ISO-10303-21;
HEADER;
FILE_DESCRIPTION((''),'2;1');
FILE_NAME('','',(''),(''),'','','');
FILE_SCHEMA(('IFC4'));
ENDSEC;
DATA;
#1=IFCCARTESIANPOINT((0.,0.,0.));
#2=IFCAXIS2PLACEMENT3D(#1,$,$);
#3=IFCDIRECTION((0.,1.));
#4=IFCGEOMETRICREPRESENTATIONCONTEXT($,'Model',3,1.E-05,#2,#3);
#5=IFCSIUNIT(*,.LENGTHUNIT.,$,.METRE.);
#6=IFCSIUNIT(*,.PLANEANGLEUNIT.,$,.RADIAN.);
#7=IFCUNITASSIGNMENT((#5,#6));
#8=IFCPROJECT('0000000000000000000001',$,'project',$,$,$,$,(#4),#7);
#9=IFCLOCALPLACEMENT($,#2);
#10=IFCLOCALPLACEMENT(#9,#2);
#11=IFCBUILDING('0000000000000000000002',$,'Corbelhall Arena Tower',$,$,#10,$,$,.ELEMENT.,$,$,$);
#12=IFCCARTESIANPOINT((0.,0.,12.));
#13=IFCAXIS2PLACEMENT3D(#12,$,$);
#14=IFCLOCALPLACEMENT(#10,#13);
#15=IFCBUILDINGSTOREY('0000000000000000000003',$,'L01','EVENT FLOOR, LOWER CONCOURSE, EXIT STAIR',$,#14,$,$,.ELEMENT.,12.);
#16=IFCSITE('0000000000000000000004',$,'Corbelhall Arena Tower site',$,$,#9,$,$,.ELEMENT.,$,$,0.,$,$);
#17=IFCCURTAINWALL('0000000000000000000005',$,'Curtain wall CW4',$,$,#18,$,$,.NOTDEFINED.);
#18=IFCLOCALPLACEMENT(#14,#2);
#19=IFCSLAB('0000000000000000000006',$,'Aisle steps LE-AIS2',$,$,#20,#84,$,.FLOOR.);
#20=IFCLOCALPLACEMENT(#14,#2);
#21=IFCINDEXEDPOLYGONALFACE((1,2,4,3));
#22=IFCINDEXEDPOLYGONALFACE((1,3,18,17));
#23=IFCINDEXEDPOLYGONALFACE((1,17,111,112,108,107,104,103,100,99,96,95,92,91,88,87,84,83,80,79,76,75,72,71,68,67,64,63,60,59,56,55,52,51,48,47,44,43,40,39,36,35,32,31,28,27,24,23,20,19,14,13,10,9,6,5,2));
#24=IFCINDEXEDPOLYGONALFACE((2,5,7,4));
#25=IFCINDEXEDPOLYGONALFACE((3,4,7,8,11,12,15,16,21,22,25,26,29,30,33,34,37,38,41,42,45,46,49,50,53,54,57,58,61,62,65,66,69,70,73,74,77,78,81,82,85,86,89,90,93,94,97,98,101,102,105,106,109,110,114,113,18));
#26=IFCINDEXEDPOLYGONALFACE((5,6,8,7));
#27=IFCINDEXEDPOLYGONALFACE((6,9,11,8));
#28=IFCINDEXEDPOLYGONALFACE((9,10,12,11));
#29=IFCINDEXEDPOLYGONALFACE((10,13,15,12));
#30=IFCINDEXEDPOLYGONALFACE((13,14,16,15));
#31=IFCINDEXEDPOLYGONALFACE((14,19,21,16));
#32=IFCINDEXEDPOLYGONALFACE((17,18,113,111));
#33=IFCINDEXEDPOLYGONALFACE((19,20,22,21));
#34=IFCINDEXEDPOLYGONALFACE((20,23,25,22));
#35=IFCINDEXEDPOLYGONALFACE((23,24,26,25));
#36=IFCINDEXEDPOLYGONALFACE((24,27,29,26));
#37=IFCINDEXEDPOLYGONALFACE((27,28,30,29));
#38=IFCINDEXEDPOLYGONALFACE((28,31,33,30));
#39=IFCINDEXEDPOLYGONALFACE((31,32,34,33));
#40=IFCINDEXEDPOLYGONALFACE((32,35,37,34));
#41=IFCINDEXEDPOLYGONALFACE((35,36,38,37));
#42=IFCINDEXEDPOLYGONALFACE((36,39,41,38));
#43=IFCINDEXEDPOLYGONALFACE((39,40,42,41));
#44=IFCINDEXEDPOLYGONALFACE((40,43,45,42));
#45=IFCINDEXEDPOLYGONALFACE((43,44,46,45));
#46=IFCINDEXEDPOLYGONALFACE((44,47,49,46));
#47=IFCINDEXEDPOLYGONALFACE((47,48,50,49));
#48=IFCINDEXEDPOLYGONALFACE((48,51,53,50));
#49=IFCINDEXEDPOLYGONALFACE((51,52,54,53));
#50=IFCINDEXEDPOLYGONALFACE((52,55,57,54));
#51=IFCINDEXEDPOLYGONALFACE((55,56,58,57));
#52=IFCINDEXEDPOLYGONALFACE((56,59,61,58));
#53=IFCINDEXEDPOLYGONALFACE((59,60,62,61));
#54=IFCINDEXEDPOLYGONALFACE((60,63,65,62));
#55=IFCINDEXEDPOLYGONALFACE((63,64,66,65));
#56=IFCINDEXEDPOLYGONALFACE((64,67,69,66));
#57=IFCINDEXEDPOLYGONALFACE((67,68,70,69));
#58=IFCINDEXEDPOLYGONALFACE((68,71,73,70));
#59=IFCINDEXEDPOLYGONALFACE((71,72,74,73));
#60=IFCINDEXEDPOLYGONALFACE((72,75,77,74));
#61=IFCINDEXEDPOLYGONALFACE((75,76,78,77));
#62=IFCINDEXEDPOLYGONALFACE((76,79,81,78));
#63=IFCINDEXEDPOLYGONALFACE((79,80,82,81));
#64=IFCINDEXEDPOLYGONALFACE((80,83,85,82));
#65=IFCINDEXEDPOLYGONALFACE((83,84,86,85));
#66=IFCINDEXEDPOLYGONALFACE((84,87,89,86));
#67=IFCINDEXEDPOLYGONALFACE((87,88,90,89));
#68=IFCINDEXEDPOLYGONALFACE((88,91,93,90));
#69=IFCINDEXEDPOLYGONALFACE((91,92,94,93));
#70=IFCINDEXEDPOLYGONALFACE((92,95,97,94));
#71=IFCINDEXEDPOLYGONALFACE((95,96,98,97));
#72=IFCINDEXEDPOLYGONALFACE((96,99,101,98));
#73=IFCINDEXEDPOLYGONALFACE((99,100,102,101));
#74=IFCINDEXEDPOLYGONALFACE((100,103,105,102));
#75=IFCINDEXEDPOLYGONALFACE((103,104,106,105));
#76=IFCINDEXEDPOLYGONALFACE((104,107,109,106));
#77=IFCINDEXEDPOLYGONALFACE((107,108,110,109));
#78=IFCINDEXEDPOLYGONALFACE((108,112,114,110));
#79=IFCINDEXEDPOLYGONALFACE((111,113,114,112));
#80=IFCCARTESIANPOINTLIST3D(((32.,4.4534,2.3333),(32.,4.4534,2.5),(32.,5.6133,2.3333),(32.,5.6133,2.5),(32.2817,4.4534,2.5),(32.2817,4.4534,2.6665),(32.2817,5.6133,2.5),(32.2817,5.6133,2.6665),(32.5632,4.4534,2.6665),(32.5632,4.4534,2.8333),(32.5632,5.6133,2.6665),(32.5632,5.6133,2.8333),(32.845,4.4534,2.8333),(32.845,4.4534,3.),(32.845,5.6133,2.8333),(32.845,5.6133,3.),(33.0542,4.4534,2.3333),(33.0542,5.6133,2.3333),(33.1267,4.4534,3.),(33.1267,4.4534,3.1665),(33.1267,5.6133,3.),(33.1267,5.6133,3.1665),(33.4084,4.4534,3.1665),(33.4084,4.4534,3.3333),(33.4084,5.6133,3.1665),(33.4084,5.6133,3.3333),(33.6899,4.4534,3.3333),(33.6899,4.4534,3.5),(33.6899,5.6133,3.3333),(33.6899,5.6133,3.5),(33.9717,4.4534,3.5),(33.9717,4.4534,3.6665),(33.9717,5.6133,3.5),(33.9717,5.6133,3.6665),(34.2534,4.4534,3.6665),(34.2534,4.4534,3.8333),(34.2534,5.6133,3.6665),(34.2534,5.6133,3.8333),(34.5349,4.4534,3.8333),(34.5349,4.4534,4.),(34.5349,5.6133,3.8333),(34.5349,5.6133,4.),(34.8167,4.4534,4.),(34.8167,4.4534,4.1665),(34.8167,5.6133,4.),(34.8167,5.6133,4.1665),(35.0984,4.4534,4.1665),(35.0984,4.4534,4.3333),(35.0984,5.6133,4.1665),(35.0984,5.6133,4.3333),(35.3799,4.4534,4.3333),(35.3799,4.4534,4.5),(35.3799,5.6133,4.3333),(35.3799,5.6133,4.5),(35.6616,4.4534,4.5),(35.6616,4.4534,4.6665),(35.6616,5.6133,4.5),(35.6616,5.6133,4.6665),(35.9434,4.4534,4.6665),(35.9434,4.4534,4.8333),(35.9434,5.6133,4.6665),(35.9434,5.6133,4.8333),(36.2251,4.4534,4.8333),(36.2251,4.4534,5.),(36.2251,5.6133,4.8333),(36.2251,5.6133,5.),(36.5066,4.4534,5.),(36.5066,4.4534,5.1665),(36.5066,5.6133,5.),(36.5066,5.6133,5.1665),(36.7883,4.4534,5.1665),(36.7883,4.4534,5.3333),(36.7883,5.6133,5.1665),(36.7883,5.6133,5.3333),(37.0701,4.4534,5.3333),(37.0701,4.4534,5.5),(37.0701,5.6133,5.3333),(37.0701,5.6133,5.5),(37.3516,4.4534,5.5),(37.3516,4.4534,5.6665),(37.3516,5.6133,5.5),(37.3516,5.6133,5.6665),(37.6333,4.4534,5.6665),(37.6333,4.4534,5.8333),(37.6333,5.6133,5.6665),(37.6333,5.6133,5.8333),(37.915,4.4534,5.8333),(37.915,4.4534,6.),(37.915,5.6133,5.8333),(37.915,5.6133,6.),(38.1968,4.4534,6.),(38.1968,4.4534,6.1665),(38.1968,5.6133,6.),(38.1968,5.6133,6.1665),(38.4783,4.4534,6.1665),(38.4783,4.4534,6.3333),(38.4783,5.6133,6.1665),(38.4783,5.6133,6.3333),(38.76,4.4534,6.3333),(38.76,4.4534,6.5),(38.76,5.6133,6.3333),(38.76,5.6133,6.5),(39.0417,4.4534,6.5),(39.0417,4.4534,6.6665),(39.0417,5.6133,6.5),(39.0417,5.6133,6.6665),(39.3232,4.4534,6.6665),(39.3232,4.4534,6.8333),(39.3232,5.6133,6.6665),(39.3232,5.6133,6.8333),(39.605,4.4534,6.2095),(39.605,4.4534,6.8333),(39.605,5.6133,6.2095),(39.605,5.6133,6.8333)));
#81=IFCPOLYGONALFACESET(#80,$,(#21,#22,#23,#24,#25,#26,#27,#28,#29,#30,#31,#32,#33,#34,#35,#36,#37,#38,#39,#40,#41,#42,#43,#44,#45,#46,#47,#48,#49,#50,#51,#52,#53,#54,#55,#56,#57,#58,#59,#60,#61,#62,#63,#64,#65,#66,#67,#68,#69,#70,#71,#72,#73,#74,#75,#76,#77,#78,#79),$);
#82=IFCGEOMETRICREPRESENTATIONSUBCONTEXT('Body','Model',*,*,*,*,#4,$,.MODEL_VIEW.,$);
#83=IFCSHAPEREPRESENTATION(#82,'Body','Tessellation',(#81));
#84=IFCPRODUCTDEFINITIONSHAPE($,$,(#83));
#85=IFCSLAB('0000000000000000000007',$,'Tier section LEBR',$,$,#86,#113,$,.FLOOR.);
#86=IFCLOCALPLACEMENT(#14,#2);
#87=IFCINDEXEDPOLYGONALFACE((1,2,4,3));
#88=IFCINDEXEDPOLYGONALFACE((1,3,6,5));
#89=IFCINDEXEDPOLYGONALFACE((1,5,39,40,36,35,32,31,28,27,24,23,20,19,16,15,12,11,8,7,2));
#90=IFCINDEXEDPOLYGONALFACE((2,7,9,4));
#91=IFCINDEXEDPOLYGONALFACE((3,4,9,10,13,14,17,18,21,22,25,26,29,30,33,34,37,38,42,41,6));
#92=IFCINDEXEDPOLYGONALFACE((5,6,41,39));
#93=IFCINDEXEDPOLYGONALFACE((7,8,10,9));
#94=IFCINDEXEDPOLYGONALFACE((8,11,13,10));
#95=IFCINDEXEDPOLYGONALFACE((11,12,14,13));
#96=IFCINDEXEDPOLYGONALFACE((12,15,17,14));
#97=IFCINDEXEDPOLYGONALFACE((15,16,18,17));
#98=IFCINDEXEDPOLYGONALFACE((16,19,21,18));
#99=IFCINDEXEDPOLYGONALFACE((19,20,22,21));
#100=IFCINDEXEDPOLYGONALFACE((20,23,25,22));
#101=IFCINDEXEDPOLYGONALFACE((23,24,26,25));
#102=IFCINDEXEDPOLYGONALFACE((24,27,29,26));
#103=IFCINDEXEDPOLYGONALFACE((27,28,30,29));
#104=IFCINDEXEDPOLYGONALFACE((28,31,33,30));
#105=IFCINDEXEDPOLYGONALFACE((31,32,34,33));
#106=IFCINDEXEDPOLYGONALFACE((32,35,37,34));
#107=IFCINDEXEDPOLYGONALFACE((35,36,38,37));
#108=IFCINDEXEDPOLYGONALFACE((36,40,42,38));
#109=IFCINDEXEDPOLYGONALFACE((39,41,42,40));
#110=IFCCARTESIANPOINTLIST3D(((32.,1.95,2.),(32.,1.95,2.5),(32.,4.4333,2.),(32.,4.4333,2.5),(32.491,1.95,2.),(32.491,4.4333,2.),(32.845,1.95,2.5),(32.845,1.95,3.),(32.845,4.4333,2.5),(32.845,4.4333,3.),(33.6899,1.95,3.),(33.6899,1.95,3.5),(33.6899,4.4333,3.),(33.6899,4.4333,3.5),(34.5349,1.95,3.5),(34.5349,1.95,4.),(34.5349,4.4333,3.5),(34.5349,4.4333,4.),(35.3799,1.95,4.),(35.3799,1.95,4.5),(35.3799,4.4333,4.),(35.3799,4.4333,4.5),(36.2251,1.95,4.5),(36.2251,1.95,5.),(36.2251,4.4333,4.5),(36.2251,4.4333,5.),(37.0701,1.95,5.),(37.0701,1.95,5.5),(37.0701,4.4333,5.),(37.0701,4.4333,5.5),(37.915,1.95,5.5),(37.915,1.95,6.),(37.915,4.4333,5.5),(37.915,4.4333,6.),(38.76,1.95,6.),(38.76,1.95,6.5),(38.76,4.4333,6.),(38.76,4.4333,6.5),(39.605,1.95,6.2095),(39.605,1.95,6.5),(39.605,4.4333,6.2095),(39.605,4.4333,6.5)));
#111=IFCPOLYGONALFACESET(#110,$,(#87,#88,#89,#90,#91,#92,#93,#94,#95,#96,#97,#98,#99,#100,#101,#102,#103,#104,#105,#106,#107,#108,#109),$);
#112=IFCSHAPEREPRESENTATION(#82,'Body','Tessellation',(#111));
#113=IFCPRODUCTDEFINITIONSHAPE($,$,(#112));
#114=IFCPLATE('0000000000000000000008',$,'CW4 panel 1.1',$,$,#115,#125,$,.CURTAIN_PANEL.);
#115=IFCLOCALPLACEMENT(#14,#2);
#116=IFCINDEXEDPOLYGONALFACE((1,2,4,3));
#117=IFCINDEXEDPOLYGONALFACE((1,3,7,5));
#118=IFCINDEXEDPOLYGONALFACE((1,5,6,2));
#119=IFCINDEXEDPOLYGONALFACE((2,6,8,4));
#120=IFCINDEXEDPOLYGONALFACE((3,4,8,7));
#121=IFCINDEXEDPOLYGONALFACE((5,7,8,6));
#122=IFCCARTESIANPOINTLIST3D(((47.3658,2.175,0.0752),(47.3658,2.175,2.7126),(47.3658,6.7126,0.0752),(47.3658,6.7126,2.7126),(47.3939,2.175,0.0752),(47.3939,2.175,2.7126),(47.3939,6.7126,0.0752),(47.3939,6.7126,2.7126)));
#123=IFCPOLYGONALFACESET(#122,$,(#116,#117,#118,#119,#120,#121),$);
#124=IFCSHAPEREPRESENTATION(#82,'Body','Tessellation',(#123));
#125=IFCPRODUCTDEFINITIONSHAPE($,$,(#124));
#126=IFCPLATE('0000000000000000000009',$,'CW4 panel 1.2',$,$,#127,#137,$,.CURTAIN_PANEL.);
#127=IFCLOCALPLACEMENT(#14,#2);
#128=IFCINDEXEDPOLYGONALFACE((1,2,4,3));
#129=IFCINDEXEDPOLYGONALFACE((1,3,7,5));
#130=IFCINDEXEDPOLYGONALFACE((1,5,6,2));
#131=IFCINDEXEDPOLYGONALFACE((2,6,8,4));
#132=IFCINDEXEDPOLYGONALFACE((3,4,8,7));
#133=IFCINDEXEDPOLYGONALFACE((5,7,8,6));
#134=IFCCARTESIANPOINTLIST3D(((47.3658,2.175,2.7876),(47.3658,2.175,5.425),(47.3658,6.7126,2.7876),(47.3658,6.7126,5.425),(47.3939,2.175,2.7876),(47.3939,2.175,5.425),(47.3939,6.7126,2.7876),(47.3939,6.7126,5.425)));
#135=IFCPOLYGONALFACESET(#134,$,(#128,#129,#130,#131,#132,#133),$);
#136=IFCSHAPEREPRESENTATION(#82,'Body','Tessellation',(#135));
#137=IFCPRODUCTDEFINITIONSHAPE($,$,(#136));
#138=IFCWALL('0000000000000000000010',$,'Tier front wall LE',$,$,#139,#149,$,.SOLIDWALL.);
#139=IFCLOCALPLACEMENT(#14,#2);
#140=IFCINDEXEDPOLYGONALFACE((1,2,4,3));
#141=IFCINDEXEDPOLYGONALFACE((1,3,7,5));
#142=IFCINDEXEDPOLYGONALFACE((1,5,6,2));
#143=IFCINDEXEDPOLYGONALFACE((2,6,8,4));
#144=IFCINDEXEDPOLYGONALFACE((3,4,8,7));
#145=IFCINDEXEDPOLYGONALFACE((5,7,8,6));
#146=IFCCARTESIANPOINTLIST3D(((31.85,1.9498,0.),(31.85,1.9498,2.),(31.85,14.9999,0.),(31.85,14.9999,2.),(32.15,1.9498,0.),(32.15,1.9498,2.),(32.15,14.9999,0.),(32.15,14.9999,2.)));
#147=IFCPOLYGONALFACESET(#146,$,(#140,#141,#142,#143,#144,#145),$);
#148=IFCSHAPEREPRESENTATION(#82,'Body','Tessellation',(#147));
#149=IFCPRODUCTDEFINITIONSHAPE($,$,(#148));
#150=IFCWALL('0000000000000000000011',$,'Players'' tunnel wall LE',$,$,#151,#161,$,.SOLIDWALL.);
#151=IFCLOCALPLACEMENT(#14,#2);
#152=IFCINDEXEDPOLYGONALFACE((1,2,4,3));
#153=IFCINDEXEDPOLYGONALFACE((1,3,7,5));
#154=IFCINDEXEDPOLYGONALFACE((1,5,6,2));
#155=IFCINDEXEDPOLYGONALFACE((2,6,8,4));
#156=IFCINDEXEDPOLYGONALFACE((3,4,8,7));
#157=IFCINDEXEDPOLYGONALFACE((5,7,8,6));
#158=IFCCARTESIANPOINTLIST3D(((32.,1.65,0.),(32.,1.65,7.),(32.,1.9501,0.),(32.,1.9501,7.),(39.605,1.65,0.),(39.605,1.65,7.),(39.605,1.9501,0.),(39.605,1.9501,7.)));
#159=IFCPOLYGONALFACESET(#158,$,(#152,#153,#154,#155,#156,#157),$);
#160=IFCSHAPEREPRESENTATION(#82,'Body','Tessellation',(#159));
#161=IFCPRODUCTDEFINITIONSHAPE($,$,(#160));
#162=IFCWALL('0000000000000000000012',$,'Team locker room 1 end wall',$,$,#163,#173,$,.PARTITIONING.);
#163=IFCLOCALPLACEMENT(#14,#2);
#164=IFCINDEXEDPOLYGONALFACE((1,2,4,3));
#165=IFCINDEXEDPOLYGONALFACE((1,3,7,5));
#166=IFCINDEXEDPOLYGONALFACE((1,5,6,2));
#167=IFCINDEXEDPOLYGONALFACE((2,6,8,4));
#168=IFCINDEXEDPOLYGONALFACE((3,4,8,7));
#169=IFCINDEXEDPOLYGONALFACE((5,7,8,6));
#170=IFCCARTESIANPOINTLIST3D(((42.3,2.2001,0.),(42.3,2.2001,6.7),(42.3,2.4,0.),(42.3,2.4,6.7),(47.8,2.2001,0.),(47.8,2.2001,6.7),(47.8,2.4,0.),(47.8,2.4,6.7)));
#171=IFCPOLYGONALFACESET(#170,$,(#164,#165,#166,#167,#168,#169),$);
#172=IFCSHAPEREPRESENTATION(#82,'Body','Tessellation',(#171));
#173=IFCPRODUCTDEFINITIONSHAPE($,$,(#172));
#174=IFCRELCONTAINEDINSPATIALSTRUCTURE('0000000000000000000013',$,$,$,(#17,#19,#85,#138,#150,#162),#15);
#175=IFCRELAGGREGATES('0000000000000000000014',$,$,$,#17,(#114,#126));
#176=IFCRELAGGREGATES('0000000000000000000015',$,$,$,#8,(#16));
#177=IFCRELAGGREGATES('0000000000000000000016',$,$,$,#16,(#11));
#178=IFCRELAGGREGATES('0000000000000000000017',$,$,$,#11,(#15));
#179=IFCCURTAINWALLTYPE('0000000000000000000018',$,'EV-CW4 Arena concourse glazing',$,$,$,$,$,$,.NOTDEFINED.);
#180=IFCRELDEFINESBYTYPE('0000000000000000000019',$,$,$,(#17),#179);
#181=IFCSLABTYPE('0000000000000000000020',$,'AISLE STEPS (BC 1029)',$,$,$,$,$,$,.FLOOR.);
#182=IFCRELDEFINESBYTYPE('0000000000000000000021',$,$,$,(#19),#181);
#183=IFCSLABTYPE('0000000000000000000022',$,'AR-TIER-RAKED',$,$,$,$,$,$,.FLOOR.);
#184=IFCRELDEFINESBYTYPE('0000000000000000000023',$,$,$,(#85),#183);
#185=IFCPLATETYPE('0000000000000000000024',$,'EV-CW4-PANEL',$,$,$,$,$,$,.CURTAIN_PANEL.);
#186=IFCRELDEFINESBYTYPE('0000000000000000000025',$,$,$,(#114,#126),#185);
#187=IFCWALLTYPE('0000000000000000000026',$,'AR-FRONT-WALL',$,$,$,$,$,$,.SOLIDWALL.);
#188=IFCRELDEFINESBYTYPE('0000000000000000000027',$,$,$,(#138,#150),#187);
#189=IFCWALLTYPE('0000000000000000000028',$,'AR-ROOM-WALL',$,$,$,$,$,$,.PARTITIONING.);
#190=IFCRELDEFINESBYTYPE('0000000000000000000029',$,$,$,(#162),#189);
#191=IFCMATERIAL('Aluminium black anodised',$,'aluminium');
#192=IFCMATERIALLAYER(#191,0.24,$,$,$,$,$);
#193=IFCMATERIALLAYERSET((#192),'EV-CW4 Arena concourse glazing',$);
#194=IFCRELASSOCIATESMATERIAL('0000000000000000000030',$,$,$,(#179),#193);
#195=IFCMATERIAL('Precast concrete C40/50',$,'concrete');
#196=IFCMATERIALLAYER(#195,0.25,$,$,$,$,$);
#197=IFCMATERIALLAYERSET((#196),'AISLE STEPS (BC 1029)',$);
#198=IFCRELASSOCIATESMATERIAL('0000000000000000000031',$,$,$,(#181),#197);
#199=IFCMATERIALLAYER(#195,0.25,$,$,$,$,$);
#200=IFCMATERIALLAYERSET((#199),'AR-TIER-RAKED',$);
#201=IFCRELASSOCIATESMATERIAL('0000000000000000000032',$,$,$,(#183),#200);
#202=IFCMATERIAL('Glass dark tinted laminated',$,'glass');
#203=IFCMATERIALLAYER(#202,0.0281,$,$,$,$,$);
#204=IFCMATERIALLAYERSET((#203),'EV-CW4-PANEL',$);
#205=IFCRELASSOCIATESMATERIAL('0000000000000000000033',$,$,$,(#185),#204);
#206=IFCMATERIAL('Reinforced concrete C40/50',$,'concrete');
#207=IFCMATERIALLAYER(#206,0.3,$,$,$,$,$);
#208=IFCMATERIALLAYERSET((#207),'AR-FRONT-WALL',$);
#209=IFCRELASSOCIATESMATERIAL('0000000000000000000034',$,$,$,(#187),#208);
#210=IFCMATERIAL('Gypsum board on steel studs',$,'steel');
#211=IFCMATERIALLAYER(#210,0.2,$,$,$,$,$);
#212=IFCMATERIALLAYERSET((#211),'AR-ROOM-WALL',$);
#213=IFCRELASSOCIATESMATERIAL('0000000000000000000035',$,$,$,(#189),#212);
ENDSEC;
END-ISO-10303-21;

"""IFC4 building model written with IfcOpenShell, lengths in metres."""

from ifc_helpers import new_model, si_unit, direction, frame, frame_2d, origin, origin_2d, place, context, subcontext, project, spatial, polyline, rectangle, outline, extrude, material, layer, layer_set, type_object, element, aggregate, save


model = new_model("IFC4")

# Units and contexts
model_context = context("Model", 3, precision=1e-05, world=origin(), true_north=direction((0.0, 1.0)))
body_context = subcontext(model_context, "Body", "Model", "MODEL_VIEW")
ifc_project = project(units=[si_unit("LENGTHUNIT", "METRE"), si_unit("PLANEANGLEUNIT", "RADIAN")], contexts=[model_context])

# Site, building, storey
site_placement = place(None, origin())
site = spatial("IfcSite", under=ifc_project, at=site_placement, Name="Corbelhall Arena Tower site", CompositionType="ELEMENT", RefElevation=0.0)
building_placement = place(site_placement, origin())
building = spatial("IfcBuilding", under=site, at=building_placement, Name="Corbelhall Arena Tower", CompositionType="ELEMENT")
storey_placement = place(building_placement, frame((0.0, 0.0, 12.0)))
storey = spatial("IfcBuildingStorey", under=building, at=storey_placement, Name="L01", Description="EVENT FLOOR, LOWER CONCOURSE, EXIT STAIR", CompositionType="ELEMENT", Elevation=12.0)

# Curtain wall
ifc_material_1 = material(Name="Aluminium black anodised", Category="aluminium")
ifc_layer_1 = layer(ifc_material_1, 0.24)
ifc_layer_set_1 = layer_set([ifc_layer_1], Name="EV-CW4 Arena concourse glazing")
curtain_wall_type = type_object("IfcCurtainWallType", Name="EV-CW4 Arena concourse glazing", PredefinedType="NOTDEFINED", material=ifc_layer_set_1)
curtain_wall_placement = place(storey_placement, origin())
curtain_wall = element("IfcCurtainWall", 1, at=curtain_wall_placement, inside=storey, type_object=curtain_wall_type, Name="Curtain wall CW4", PredefinedType="NOTDEFINED")

# Slabs
ifc_material_2 = material(Name="Precast concrete C40/50", Category="concrete")
ifc_layer_2 = layer(ifc_material_2, 0.25)
ifc_layer_set_2 = layer_set([ifc_layer_2], Name="AISLE STEPS (BC 1029)")
slab_type_1 = type_object("IfcSlabType", Name="AISLE STEPS (BC 1029)", PredefinedType="FLOOR", material=ifc_layer_set_2)
slab_1_placement = place(storey_placement, frame((32.0, 5.0332, 2.3333), z_axis=(0.0, 0.0, 1.0), x_axis=(1.0, 0.0, 0.0)))
element("IfcSlab", 2, at=slab_1_placement, inside=storey, type_object=slab_type_1, Name="Aisle steps LE-AIS2", PredefinedType="FLOOR", context=body_context, shape_type="SweptSolid", body=[
    extrude(outline(polyline([(0.0, 0.0), (0.0, 0.1667), (0.2817, 0.1667), (0.2817, 0.3333), (0.5632, 0.3333), (0.5632, 0.5), (0.845, 0.5), (0.845, 0.6667), (1.1267, 0.6667), (1.1267, 0.8333), (1.4084, 0.8333), (1.4084, 1.0), (1.6899, 1.0), (1.6899, 1.1667), (1.9717, 1.1667), (1.9717, 1.3333), (2.2534, 1.3333), (2.2534, 1.5), (2.5349, 1.5), (2.5349, 1.6667), (2.8167, 1.6667), (2.8167, 1.8333), (3.0984, 1.8333), (3.0984, 2.0), (3.3799, 2.0), (3.3799, 2.1667), (3.6616, 2.1667), (3.6616, 2.3333), (3.9434, 2.3333), (3.9434, 2.5), (4.2251, 2.5), (4.2251, 2.6667), (4.5066, 2.6667), (4.5066, 2.8333), (4.7883, 2.8333), (4.7883, 3.0), (5.0701, 3.0), (5.0701, 3.1667), (5.3516, 3.1667), (5.3516, 3.3333), (5.6333, 3.3333), (5.6333, 3.5), (5.915, 3.5), (5.915, 3.6667), (6.1968, 3.6667), (6.1968, 3.8333), (6.4783, 3.8333), (6.4783, 4.0), (6.76, 4.0), (6.76, 4.1667), (7.0417, 4.1667), (7.0417, 4.3333), (7.3232, 4.3333), (7.3232, 4.5), (7.605, 4.5), (7.605, 4.6667), (7.605, 3.8762), (1.0542, 0.0), (0.0, 0.0)])), frame((0.0, 0.5801, 0.0), z_axis=(0.0, -1.0, 0.0), x_axis=(1.0, 0.0, 0.0)), (0.0, 0.0, 1.0), 1.1599),
])
ifc_layer_3 = layer(ifc_material_2, 0.25)
ifc_layer_set_3 = layer_set([ifc_layer_3], Name="AR-TIER-RAKED")
slab_type_2 = type_object("IfcSlabType", Name="AR-TIER-RAKED", PredefinedType="FLOOR", material=ifc_layer_set_3)
slab_2_placement = place(storey_placement, frame((32.0, 3.1917, 2.0), z_axis=(0.0, 0.0, 1.0), x_axis=(1.0, 0.0, 0.0)))
element("IfcSlab", 3, at=slab_2_placement, inside=storey, type_object=slab_type_2, Name="Tier section LEBR", PredefinedType="FLOOR", context=body_context, shape_type="SweptSolid", body=[
    extrude(outline(polyline([(0.0, 0.0), (0.0, 0.5), (0.845, 0.5), (0.845, 1.0), (1.6899, 1.0), (1.6899, 1.5), (2.5349, 1.5), (2.5349, 2.0), (3.3799, 2.0), (3.3799, 2.5), (4.2251, 2.5), (4.2251, 3.0), (5.0701, 3.0), (5.0701, 3.5), (5.915, 3.5), (5.915, 4.0), (6.76, 4.0), (6.76, 4.5), (7.605, 4.5), (7.605, 5.0), (7.605, 4.2095), (0.491, 0.0), (0.0, 0.0)])), frame((0.0, 1.2417, 0.0), z_axis=(0.0, -1.0, 0.0), x_axis=(1.0, 0.0, 0.0)), (0.0, 0.0, 1.0), 2.4834),
])

# Plates
ifc_material_3 = material(Name="Glass dark tinted laminated", Category="glass")
ifc_layer_4 = layer(ifc_material_3, 0.0281)
ifc_layer_set_4 = layer_set([ifc_layer_4], Name="EV-CW4-PANEL")
plate_type = type_object("IfcPlateType", Name="EV-CW4-PANEL", PredefinedType="CURTAIN_PANEL", material=ifc_layer_set_4)
plate_1_placement = place(storey_placement, frame((47.3799, 4.4438, 0.0752), z_axis=(0.0, 0.0, 1.0), x_axis=(0.0, 1.0, 0.0)))
plate_1 = element("IfcPlate", 4, at=plate_1_placement, type_object=plate_type, Name="CW4 panel 1.1", PredefinedType="CURTAIN_PANEL", context=body_context, shape_type="SweptSolid", body=[
    extrude(rectangle(XDim=4.5376, YDim=0.0281, at=origin_2d()), origin(), (0.0, 0.0, 1.0), 2.6375),
])
plate_2_placement = place(storey_placement, frame((47.3799, 4.4438, 2.7876), z_axis=(0.0, 0.0, 1.0), x_axis=(0.0, 1.0, 0.0)))
plate_2 = element("IfcPlate", 5, at=plate_2_placement, type_object=plate_type, Name="CW4 panel 1.2", PredefinedType="CURTAIN_PANEL", context=body_context, shape_type="SweptSolid", body=[
    extrude(rectangle(XDim=4.5376, YDim=0.0281, at=origin_2d()), origin(), (0.0, 0.0, 1.0), 2.6375),
])
aggregate(curtain_wall, [plate_1, plate_2])

# Walls
ifc_material_4 = material(Name="Reinforced concrete C40/50", Category="concrete")
ifc_layer_5 = layer(ifc_material_4, 0.3)
ifc_layer_set_5 = layer_set([ifc_layer_5], Name="AR-FRONT-WALL")
wall_type_1 = type_object("IfcWallType", Name="AR-FRONT-WALL", PredefinedType="SOLIDWALL", material=ifc_layer_set_5)
wall_1_placement = place(storey_placement, frame((32.0, 1.95, 0.0), z_axis=(0.0, 0.0, 1.0), x_axis=(0.0, 1.0, 0.0)))
element("IfcWall", 6, at=wall_1_placement, inside=storey, type_object=wall_type_1, Name="Tier front wall LE", PredefinedType="SOLIDWALL", context=body_context, shape_type="SweptSolid", body=[
    extrude(rectangle(XDim=13.05, YDim=0.3, at=frame_2d((6.5249, 0.0))), origin(), (0.0, 0.0, 1.0), 2.0),
])
wall_2_placement = place(storey_placement, frame((32.0, 1.8, 0.0), z_axis=(0.0, 0.0, 1.0), x_axis=(1.0, 0.0, 0.0)))
element("IfcWall", 7, at=wall_2_placement, inside=storey, type_object=wall_type_1, Name="Players' tunnel wall LE", PredefinedType="SOLIDWALL", context=body_context, shape_type="SweptSolid", body=[
    extrude(rectangle(XDim=7.605, YDim=0.3, at=frame_2d((3.8025, 0.0))), origin(), (0.0, 0.0, 1.0), 7.0),
])
ifc_material_5 = material(Name="Gypsum board on steel studs", Category="steel")
ifc_layer_6 = layer(ifc_material_5, 0.2)
ifc_layer_set_6 = layer_set([ifc_layer_6], Name="AR-ROOM-WALL")
wall_type_2 = type_object("IfcWallType", Name="AR-ROOM-WALL", PredefinedType="PARTITIONING", material=ifc_layer_set_6)
wall_3_placement = place(storey_placement, frame((42.3, 2.3, 0.0), z_axis=(0.0, 0.0, 1.0), x_axis=(1.0, 0.0, 0.0)))
element("IfcWall", 8, at=wall_3_placement, inside=storey, type_object=wall_type_2, Name="Team locker room 1 end wall", PredefinedType="PARTITIONING", context=body_context, shape_type="SweptSolid", body=[
    extrude(rectangle(XDim=5.5, YDim=0.2, at=frame_2d((2.75, 0.0))), origin(), (0.0, 0.0, 1.0), 6.7),
])

save(model, "model.ifc")
